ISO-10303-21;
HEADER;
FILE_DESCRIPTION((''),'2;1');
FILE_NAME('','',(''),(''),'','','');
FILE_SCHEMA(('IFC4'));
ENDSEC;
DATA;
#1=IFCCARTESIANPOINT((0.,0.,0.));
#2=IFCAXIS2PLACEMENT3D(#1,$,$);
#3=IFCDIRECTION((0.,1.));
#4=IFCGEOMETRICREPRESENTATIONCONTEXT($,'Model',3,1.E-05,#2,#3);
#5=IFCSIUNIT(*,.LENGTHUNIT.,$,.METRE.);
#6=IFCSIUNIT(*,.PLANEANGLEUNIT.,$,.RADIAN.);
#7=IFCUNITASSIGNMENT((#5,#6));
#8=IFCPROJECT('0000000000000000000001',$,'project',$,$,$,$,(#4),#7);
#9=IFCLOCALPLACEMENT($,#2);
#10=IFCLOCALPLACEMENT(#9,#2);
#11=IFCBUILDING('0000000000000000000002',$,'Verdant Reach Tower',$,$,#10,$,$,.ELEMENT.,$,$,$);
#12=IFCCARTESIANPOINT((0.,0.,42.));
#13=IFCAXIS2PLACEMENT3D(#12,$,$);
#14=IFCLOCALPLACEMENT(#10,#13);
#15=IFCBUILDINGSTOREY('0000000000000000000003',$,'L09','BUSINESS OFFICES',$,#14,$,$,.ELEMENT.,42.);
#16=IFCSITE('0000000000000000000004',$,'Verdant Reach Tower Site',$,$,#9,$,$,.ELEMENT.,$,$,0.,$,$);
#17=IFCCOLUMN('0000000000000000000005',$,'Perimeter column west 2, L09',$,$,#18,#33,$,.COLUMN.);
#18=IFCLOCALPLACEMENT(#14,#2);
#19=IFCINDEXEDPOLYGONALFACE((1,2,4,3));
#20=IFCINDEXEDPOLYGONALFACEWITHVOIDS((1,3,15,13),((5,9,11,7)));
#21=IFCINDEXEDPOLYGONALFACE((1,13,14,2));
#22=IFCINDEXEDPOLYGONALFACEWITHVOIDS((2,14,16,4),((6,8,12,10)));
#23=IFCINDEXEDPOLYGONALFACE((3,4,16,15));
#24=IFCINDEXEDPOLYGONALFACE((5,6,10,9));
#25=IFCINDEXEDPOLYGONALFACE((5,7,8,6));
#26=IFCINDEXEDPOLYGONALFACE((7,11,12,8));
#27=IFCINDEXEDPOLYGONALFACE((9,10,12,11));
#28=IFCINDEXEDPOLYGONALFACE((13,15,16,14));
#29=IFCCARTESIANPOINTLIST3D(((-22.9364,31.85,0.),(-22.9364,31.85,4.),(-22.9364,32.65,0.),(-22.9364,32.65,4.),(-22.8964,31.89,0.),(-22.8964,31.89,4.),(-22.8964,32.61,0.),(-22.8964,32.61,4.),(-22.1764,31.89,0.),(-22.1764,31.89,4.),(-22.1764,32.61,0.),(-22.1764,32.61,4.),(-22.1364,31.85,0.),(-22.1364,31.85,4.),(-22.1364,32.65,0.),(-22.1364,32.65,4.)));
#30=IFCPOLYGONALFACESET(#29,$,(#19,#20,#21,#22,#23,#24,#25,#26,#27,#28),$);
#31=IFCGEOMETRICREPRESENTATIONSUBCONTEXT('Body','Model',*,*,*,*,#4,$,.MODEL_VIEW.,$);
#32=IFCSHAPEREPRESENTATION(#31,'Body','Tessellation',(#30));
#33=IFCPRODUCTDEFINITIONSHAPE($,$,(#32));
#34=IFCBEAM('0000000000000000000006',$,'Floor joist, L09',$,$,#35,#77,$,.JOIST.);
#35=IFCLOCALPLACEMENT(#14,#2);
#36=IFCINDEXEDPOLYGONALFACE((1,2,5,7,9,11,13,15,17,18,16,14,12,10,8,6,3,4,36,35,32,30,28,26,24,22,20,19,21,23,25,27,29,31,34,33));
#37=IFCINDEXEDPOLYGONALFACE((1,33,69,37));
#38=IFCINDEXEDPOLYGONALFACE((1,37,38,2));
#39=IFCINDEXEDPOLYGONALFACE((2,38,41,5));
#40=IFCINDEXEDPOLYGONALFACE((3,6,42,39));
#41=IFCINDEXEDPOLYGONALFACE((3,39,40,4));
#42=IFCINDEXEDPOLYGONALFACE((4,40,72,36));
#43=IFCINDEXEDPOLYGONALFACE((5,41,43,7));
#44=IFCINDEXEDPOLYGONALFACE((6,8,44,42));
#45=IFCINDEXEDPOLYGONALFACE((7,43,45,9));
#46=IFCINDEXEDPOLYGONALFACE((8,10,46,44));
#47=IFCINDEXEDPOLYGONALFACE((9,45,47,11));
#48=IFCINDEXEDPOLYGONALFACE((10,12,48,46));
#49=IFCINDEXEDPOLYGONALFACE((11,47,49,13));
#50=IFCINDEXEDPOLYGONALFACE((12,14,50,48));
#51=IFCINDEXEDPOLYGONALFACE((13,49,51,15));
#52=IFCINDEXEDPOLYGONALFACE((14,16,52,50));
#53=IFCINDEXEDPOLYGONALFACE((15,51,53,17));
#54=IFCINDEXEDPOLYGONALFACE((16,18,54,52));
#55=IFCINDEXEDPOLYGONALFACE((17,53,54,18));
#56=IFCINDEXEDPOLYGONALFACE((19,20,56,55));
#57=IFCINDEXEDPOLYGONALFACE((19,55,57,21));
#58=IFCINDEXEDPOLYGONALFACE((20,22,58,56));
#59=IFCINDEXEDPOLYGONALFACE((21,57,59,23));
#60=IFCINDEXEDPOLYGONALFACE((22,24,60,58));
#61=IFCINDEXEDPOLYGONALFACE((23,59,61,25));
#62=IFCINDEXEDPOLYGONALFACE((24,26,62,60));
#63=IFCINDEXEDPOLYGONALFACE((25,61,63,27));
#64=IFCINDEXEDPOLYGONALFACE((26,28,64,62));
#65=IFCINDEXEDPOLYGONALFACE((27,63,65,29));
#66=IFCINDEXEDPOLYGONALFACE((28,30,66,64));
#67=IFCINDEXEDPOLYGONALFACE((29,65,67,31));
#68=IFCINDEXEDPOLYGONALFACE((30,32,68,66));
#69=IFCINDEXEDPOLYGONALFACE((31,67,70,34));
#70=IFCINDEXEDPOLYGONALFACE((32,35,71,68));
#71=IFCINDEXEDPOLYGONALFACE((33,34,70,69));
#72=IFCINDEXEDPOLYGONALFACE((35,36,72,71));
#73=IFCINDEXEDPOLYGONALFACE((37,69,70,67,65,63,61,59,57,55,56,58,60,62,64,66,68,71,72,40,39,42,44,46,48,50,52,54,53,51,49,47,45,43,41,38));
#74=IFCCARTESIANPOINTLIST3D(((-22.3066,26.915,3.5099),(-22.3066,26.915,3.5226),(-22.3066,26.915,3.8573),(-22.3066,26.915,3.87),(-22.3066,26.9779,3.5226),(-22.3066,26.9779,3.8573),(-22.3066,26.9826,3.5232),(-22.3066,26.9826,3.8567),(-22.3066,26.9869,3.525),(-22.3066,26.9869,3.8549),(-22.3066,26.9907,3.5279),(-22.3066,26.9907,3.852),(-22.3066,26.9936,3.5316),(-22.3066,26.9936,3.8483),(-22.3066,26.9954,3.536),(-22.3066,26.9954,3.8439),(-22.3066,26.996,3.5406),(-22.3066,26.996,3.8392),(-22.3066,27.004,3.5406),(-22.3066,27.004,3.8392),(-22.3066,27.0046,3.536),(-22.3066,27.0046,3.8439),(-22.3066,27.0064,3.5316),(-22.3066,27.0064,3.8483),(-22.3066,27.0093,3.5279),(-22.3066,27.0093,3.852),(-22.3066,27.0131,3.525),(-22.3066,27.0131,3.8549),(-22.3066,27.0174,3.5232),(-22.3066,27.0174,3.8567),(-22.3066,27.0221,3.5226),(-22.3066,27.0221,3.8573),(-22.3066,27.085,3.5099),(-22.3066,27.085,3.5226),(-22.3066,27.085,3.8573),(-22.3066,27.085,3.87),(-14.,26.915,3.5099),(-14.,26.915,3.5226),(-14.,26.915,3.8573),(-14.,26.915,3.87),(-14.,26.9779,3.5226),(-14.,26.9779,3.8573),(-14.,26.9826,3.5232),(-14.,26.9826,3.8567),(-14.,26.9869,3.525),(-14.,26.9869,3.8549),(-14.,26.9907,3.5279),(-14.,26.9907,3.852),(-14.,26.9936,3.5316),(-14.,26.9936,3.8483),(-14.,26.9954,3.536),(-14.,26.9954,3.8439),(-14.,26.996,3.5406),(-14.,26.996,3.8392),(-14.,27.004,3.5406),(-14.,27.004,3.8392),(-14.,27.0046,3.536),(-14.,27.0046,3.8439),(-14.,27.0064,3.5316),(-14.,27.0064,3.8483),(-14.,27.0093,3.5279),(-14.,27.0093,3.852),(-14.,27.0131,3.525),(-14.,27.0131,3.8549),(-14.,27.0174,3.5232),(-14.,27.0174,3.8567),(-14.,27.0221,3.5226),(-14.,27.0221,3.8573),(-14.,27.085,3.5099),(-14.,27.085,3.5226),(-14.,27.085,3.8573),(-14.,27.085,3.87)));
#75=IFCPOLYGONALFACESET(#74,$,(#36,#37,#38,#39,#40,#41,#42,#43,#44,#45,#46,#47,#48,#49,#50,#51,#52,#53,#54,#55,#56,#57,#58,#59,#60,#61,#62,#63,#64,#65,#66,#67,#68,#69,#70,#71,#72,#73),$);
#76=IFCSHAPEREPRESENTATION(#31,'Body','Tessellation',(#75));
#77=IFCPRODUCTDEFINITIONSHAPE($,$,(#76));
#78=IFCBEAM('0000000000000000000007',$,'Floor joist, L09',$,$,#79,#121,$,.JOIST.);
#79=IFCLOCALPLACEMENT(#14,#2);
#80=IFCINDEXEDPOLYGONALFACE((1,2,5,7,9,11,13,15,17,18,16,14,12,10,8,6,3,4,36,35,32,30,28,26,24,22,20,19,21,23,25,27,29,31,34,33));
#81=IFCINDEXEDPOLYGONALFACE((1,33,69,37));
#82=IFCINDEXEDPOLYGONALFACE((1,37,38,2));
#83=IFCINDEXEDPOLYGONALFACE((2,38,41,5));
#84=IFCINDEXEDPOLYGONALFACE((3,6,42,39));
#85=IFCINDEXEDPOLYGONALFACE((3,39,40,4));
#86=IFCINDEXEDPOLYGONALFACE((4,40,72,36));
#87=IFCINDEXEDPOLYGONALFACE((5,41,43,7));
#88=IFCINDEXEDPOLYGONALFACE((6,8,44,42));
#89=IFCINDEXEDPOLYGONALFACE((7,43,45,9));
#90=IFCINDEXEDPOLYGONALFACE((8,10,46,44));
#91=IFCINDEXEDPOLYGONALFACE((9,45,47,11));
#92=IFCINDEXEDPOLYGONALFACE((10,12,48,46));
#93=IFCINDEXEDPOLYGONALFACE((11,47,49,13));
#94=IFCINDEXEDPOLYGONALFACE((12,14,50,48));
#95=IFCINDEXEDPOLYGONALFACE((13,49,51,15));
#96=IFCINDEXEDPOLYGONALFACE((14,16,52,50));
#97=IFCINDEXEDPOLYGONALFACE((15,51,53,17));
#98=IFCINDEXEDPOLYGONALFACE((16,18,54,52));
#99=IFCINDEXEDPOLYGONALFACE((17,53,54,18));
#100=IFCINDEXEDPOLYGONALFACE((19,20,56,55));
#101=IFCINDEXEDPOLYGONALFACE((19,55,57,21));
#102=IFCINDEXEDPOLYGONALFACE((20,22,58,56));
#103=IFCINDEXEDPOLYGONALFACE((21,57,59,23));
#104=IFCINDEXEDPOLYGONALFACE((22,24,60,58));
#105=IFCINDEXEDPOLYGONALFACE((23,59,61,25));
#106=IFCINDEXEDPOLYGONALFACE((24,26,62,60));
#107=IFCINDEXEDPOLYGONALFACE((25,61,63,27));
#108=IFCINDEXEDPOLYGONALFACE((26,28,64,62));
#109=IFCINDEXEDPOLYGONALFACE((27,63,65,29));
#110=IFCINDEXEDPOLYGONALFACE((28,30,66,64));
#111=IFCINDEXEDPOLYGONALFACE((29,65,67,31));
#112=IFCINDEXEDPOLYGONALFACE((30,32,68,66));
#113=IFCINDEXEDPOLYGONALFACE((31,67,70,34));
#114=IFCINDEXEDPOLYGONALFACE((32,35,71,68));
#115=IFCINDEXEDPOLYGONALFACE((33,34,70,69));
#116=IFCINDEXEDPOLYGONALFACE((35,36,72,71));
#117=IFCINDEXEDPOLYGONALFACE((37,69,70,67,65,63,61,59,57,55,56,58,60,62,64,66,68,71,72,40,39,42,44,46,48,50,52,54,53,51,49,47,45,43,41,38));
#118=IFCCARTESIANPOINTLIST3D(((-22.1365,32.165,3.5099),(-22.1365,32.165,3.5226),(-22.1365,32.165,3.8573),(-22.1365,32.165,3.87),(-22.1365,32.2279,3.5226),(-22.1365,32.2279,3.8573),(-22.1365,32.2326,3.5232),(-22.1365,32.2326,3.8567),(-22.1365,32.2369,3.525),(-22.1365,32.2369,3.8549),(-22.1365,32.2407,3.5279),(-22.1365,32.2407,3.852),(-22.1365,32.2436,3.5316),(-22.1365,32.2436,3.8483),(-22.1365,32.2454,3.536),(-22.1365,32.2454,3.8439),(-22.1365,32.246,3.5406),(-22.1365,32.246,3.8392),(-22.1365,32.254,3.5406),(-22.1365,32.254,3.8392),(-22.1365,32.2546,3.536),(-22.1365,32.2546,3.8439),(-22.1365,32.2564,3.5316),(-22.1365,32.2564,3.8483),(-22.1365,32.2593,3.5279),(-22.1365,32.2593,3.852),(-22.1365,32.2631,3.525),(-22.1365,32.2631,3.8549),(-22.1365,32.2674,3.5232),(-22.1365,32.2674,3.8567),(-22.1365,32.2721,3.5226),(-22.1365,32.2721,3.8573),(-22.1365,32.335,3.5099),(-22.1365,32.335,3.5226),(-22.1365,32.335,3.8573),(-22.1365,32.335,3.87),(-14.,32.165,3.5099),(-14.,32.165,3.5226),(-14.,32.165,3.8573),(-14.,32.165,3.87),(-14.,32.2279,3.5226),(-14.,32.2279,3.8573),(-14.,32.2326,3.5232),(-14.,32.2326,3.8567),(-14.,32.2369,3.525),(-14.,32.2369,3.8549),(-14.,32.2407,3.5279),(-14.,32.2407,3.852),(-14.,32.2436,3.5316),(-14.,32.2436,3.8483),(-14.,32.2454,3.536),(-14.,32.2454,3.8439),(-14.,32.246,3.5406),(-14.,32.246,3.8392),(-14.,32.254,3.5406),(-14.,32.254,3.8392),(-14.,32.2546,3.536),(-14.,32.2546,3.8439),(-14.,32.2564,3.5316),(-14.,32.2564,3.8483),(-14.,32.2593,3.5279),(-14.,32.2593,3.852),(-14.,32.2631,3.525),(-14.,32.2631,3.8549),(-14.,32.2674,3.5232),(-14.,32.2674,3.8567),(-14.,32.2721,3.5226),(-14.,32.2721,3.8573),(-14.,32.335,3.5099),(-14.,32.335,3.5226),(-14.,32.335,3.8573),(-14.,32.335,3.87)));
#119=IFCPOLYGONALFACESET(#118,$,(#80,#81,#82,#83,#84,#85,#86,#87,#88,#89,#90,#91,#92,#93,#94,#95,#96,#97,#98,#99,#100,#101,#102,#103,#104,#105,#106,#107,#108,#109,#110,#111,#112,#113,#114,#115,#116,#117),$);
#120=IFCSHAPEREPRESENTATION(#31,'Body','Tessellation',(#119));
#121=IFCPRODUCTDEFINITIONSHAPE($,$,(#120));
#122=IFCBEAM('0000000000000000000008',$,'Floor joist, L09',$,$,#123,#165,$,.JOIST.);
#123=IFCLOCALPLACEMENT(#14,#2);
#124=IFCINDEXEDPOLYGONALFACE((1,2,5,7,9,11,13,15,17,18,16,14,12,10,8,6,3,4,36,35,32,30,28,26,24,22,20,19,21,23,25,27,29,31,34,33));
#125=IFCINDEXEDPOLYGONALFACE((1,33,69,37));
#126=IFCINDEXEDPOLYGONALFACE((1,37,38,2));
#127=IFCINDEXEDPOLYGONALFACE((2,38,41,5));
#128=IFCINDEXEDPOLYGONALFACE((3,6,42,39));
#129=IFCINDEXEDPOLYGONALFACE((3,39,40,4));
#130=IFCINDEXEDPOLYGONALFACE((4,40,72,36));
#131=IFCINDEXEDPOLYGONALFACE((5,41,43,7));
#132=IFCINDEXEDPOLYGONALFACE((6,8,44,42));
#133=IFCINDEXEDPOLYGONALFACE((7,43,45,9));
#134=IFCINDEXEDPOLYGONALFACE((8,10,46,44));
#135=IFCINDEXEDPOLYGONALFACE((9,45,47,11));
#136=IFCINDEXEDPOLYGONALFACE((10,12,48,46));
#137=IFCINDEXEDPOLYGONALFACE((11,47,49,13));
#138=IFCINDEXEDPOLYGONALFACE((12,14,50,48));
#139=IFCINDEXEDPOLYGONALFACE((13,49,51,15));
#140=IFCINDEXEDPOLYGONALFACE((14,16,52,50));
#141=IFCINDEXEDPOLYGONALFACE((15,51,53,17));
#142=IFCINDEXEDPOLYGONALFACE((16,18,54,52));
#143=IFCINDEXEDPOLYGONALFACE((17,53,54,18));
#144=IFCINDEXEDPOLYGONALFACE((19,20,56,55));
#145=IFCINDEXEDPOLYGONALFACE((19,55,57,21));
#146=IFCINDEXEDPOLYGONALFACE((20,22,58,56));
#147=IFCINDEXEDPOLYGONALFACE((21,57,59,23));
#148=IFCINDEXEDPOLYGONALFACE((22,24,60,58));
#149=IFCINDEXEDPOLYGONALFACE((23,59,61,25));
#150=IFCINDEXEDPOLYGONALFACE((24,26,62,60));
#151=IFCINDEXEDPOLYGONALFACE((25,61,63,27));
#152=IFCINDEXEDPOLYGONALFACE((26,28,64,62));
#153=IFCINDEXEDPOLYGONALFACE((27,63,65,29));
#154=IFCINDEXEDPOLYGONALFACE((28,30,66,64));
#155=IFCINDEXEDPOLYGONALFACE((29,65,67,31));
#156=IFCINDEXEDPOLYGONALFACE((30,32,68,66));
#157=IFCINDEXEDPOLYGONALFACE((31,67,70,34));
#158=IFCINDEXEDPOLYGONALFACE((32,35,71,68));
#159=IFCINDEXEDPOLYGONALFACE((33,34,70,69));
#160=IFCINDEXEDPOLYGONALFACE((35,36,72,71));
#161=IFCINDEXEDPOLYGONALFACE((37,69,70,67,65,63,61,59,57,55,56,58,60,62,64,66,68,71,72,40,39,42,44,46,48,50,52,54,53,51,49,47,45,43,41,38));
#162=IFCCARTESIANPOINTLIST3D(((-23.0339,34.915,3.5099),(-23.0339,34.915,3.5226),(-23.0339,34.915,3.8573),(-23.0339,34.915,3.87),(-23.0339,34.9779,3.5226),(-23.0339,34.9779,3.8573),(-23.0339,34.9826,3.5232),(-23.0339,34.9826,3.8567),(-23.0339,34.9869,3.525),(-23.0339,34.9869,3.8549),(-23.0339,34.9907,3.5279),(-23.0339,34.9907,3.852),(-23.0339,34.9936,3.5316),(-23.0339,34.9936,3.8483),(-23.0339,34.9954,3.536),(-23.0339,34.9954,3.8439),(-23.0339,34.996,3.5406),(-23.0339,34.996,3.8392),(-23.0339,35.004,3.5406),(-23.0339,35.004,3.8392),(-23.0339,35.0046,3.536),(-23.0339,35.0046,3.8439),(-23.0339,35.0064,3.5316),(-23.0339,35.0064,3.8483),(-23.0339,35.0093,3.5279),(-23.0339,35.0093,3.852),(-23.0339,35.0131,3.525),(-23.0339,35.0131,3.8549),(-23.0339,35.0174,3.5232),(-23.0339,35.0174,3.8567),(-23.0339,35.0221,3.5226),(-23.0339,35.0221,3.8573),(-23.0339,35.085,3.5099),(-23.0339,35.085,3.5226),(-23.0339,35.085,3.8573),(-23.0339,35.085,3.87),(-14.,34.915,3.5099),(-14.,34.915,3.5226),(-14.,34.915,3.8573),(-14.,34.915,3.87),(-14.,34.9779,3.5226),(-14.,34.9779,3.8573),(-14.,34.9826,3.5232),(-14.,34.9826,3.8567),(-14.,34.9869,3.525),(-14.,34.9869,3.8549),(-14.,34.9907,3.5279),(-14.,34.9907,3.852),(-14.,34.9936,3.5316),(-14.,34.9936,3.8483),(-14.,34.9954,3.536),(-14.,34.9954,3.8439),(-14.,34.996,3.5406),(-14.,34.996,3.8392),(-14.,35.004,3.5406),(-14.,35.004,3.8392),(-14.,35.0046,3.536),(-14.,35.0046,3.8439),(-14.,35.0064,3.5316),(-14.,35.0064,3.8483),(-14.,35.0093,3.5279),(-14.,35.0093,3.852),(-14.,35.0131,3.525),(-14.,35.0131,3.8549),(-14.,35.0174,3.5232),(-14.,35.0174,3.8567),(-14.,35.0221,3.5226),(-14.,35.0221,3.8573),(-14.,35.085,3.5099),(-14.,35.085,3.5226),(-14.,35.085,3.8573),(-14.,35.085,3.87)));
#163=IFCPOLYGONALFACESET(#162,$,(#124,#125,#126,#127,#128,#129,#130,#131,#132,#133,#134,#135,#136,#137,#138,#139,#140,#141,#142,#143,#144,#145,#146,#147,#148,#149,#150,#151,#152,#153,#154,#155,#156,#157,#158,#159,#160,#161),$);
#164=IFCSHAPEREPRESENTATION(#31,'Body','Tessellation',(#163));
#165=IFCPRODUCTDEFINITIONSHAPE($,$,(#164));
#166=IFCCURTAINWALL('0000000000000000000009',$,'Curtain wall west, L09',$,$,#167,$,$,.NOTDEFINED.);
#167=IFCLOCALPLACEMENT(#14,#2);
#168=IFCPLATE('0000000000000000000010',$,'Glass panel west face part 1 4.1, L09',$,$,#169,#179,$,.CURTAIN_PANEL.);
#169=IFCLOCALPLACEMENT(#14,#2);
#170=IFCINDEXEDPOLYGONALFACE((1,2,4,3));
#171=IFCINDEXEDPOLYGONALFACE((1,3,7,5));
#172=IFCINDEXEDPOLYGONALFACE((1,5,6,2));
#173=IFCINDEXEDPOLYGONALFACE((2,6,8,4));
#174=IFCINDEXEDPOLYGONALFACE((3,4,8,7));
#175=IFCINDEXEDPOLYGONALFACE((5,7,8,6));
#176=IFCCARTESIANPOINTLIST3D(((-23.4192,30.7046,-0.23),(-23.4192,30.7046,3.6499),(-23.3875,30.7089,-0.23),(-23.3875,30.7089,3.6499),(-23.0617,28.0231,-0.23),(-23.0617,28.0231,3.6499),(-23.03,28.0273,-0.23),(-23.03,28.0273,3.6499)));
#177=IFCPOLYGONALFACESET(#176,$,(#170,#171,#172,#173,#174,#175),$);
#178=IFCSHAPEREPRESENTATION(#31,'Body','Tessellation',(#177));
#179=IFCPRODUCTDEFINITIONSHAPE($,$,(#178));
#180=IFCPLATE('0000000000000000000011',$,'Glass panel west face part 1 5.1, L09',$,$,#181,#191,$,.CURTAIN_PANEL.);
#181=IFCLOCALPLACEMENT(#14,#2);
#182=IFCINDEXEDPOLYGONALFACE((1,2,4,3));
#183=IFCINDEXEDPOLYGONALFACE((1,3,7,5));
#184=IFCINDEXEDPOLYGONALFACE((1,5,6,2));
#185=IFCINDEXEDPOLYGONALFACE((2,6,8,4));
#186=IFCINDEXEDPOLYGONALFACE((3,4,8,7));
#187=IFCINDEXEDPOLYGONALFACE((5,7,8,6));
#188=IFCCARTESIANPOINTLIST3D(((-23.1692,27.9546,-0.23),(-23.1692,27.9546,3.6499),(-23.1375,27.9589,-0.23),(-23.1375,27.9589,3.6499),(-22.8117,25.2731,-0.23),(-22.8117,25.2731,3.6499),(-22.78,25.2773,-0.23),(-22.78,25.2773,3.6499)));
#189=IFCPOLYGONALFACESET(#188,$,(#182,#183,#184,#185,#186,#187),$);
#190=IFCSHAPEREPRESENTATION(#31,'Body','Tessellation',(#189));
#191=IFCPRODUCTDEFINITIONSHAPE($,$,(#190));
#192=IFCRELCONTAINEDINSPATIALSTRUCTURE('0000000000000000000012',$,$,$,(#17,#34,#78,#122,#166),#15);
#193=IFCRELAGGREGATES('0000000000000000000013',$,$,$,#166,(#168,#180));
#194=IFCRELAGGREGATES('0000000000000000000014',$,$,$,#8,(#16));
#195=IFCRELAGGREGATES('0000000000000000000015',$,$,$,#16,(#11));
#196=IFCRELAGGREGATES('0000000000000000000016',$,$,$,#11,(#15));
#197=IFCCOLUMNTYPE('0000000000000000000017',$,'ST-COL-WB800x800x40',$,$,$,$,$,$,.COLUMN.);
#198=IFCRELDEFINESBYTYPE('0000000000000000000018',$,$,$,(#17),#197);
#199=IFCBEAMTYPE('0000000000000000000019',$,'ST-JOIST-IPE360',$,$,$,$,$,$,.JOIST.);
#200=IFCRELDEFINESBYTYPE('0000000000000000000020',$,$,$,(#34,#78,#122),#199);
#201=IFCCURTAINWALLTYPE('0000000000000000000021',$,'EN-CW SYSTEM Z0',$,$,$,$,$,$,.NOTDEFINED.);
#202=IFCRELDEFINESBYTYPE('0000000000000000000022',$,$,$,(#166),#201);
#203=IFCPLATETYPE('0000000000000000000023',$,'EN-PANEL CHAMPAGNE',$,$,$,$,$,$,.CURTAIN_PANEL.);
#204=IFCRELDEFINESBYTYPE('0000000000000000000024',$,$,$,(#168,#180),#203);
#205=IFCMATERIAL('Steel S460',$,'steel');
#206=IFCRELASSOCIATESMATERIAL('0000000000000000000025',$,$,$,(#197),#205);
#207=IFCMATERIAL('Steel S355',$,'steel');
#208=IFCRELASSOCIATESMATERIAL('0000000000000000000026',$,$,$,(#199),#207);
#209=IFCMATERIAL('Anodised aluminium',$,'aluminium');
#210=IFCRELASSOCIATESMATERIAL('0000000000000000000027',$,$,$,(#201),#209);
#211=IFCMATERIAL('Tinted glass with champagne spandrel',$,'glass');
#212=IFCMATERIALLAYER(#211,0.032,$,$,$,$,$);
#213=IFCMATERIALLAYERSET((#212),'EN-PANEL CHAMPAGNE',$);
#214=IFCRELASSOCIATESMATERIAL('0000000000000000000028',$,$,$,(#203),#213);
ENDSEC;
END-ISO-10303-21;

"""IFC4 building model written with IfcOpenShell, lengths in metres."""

from ifc_helpers import new_model, si_unit, direction, frame, origin, origin_2d, place, context, subcontext, project, spatial, rectangle, hollow_rectangle, i_section, extrude, material, layer, layer_set, material_profile, profile_set, type_object, element, aggregate, save


model = new_model("IFC4")

# Units and contexts
model_context = context("Model", 3, precision=1e-05, world=origin(), true_north=direction((0.0, 1.0)))
body_context = subcontext(model_context, "Body", "Model", "MODEL_VIEW")
ifc_project = project(units=[si_unit("LENGTHUNIT", "METRE"), si_unit("PLANEANGLEUNIT", "RADIAN")], contexts=[model_context])

# Site, building, storey
site_placement = place(None, origin())
site = spatial("IfcSite", under=ifc_project, at=site_placement, Name="Verdant Reach Tower Site", CompositionType="ELEMENT", RefElevation=0.0)
building_placement = place(site_placement, origin())
building = spatial("IfcBuilding", under=site, at=building_placement, Name="Verdant Reach Tower", CompositionType="ELEMENT")
storey_placement = place(building_placement, frame((0.0, 0.0, 42.0)))
storey = spatial("IfcBuildingStorey", under=building, at=storey_placement, Name="L09", Description="BUSINESS OFFICES", CompositionType="ELEMENT", Elevation=42.0)

# Column
ifc_material_1 = material(Name="Steel S460", Category="steel")
ifc_material_profile_1 = material_profile(ifc_material_1, hollow_rectangle(XDim=0.8, YDim=0.8, WallThickness=0.04, at=origin_2d()), Name="WB 800x800x40")
ifc_profile_set_1 = profile_set([ifc_material_profile_1], Name="Steel S460")
column_type = type_object("IfcColumnType", Name="ST-COL-WB800x800x40", PredefinedType="COLUMN", material=ifc_profile_set_1)
column_placement = place(storey_placement, frame((-22.5364, 32.25, 0.0), z_axis=(0.0, 0.0, 1.0), x_axis=(1.0, 0.0, 0.0)))
element("IfcColumn", 1, at=column_placement, inside=storey, type_object=column_type, Name="Perimeter column west 2, L09", PredefinedType="COLUMN", context=body_context, shape_type="SweptSolid", body=[
    extrude(hollow_rectangle(XDim=0.8, YDim=0.8, WallThickness=0.04, at=origin_2d()), origin(), (0.0, 0.0, 1.0), 4.0),
])

# Beams
ifc_material_2 = material(Name="Steel S355", Category="steel")
ifc_material_profile_2 = material_profile(ifc_material_2, i_section(OverallWidth=0.1699, OverallDepth=0.3601, WebThickness=0.0081, FlangeThickness=0.0127, FilletRadius=0.0181, at=origin_2d()), Name="IPE 360")
ifc_profile_set_2 = profile_set([ifc_material_profile_2], Name="Steel S355")
beam_type = type_object("IfcBeamType", Name="ST-JOIST-IPE360", PredefinedType="JOIST", material=ifc_profile_set_2)
beam_1_placement = place(storey_placement, frame((-14.0, 27.0, 3.6899), z_axis=(-1.0, 0.0, 0.0), x_axis=(0.0, -1.0, 0.0)))
element("IfcBeam", 2, at=beam_1_placement, inside=storey, type_object=beam_type, Name="Floor joist, L09", PredefinedType="JOIST", context=body_context, shape_type="SweptSolid", body=[
    extrude(i_section(OverallWidth=0.1699, OverallDepth=0.3601, WebThickness=0.0081, FlangeThickness=0.0127, FilletRadius=0.0181, at=origin_2d()), origin(), (0.0, 0.0, 1.0), 8.3066),
])
beam_2_placement = place(storey_placement, frame((-14.0, 32.25, 3.6899), z_axis=(-1.0, 0.0, 0.0), x_axis=(0.0, -1.0, 0.0)))
element("IfcBeam", 3, at=beam_2_placement, inside=storey, type_object=beam_type, Name="Floor joist, L09", PredefinedType="JOIST", context=body_context, shape_type="SweptSolid", body=[
    extrude(i_section(OverallWidth=0.1699, OverallDepth=0.3601, WebThickness=0.0081, FlangeThickness=0.0127, FilletRadius=0.0181, at=origin_2d()), origin(), (0.0, 0.0, 1.0), 8.1365),
])
beam_3_placement = place(storey_placement, frame((-14.0, 35.0, 3.6899), z_axis=(-1.0, 0.0, 0.0), x_axis=(0.0, -1.0, 0.0)))
element("IfcBeam", 4, at=beam_3_placement, inside=storey, type_object=beam_type, Name="Floor joist, L09", PredefinedType="JOIST", context=body_context, shape_type="SweptSolid", body=[
    extrude(i_section(OverallWidth=0.1699, OverallDepth=0.3601, WebThickness=0.0081, FlangeThickness=0.0127, FilletRadius=0.0181, at=origin_2d()), origin(), (0.0, 0.0, 1.0), 9.0339),
])

# Curtain wall, plates
ifc_material_3 = material(Name="Anodised aluminium", Category="aluminium")
curtain_wall_type = type_object("IfcCurtainWallType", Name="EN-CW SYSTEM Z0", PredefinedType="NOTDEFINED", material=ifc_material_3)
curtain_wall_placement = place(storey_placement, origin())
curtain_wall = element("IfcCurtainWall", 5, at=curtain_wall_placement, inside=storey, type_object=curtain_wall_type, Name="Curtain wall west, L09", PredefinedType="NOTDEFINED")
ifc_material_4 = material(Name="Tinted glass with champagne spandrel", Category="glass")
ifc_layer_1 = layer(ifc_material_4, 0.032)
ifc_layer_set_1 = layer_set([ifc_layer_1], Name="EN-PANEL CHAMPAGNE")
plate_type_1 = type_object("IfcPlateType", Name="EN-PANEL CHAMPAGNE", PredefinedType="CURTAIN_PANEL", material=ifc_layer_set_1)
plate_1_placement = place(storey_placement, frame((-23.2246, 29.366, -0.23), z_axis=(0.0, 0.0, 1.0), x_axis=(0.13216, -0.991228, 0.0)))
plate_1 = element("IfcPlate", 6, at=plate_1_placement, type_object=plate_type_1, Name="Glass panel west face part 1 4.1, L09", PredefinedType="CURTAIN_PANEL", context=body_context, shape_type="SweptSolid", body=[
    extrude(rectangle(XDim=2.7053, YDim=0.032, at=origin_2d()), origin(), (0.0, 0.0, 1.0), 3.8799),
])
plate_2_placement = place(storey_placement, frame((-22.9746, 26.616, -0.23), z_axis=(0.0, 0.0, 1.0), x_axis=(0.13216, -0.991228, 0.0)))
plate_2 = element("IfcPlate", 7, at=plate_2_placement, type_object=plate_type_1, Name="Glass panel west face part 1 5.1, L09", PredefinedType="CURTAIN_PANEL", context=body_context, shape_type="SweptSolid", body=[
    extrude(rectangle(XDim=2.7053, YDim=0.032, at=origin_2d()), origin(), (0.0, 0.0, 1.0), 3.8799),
])
aggregate(curtain_wall, [plate_1, plate_2])

save(model, "model.ifc")
